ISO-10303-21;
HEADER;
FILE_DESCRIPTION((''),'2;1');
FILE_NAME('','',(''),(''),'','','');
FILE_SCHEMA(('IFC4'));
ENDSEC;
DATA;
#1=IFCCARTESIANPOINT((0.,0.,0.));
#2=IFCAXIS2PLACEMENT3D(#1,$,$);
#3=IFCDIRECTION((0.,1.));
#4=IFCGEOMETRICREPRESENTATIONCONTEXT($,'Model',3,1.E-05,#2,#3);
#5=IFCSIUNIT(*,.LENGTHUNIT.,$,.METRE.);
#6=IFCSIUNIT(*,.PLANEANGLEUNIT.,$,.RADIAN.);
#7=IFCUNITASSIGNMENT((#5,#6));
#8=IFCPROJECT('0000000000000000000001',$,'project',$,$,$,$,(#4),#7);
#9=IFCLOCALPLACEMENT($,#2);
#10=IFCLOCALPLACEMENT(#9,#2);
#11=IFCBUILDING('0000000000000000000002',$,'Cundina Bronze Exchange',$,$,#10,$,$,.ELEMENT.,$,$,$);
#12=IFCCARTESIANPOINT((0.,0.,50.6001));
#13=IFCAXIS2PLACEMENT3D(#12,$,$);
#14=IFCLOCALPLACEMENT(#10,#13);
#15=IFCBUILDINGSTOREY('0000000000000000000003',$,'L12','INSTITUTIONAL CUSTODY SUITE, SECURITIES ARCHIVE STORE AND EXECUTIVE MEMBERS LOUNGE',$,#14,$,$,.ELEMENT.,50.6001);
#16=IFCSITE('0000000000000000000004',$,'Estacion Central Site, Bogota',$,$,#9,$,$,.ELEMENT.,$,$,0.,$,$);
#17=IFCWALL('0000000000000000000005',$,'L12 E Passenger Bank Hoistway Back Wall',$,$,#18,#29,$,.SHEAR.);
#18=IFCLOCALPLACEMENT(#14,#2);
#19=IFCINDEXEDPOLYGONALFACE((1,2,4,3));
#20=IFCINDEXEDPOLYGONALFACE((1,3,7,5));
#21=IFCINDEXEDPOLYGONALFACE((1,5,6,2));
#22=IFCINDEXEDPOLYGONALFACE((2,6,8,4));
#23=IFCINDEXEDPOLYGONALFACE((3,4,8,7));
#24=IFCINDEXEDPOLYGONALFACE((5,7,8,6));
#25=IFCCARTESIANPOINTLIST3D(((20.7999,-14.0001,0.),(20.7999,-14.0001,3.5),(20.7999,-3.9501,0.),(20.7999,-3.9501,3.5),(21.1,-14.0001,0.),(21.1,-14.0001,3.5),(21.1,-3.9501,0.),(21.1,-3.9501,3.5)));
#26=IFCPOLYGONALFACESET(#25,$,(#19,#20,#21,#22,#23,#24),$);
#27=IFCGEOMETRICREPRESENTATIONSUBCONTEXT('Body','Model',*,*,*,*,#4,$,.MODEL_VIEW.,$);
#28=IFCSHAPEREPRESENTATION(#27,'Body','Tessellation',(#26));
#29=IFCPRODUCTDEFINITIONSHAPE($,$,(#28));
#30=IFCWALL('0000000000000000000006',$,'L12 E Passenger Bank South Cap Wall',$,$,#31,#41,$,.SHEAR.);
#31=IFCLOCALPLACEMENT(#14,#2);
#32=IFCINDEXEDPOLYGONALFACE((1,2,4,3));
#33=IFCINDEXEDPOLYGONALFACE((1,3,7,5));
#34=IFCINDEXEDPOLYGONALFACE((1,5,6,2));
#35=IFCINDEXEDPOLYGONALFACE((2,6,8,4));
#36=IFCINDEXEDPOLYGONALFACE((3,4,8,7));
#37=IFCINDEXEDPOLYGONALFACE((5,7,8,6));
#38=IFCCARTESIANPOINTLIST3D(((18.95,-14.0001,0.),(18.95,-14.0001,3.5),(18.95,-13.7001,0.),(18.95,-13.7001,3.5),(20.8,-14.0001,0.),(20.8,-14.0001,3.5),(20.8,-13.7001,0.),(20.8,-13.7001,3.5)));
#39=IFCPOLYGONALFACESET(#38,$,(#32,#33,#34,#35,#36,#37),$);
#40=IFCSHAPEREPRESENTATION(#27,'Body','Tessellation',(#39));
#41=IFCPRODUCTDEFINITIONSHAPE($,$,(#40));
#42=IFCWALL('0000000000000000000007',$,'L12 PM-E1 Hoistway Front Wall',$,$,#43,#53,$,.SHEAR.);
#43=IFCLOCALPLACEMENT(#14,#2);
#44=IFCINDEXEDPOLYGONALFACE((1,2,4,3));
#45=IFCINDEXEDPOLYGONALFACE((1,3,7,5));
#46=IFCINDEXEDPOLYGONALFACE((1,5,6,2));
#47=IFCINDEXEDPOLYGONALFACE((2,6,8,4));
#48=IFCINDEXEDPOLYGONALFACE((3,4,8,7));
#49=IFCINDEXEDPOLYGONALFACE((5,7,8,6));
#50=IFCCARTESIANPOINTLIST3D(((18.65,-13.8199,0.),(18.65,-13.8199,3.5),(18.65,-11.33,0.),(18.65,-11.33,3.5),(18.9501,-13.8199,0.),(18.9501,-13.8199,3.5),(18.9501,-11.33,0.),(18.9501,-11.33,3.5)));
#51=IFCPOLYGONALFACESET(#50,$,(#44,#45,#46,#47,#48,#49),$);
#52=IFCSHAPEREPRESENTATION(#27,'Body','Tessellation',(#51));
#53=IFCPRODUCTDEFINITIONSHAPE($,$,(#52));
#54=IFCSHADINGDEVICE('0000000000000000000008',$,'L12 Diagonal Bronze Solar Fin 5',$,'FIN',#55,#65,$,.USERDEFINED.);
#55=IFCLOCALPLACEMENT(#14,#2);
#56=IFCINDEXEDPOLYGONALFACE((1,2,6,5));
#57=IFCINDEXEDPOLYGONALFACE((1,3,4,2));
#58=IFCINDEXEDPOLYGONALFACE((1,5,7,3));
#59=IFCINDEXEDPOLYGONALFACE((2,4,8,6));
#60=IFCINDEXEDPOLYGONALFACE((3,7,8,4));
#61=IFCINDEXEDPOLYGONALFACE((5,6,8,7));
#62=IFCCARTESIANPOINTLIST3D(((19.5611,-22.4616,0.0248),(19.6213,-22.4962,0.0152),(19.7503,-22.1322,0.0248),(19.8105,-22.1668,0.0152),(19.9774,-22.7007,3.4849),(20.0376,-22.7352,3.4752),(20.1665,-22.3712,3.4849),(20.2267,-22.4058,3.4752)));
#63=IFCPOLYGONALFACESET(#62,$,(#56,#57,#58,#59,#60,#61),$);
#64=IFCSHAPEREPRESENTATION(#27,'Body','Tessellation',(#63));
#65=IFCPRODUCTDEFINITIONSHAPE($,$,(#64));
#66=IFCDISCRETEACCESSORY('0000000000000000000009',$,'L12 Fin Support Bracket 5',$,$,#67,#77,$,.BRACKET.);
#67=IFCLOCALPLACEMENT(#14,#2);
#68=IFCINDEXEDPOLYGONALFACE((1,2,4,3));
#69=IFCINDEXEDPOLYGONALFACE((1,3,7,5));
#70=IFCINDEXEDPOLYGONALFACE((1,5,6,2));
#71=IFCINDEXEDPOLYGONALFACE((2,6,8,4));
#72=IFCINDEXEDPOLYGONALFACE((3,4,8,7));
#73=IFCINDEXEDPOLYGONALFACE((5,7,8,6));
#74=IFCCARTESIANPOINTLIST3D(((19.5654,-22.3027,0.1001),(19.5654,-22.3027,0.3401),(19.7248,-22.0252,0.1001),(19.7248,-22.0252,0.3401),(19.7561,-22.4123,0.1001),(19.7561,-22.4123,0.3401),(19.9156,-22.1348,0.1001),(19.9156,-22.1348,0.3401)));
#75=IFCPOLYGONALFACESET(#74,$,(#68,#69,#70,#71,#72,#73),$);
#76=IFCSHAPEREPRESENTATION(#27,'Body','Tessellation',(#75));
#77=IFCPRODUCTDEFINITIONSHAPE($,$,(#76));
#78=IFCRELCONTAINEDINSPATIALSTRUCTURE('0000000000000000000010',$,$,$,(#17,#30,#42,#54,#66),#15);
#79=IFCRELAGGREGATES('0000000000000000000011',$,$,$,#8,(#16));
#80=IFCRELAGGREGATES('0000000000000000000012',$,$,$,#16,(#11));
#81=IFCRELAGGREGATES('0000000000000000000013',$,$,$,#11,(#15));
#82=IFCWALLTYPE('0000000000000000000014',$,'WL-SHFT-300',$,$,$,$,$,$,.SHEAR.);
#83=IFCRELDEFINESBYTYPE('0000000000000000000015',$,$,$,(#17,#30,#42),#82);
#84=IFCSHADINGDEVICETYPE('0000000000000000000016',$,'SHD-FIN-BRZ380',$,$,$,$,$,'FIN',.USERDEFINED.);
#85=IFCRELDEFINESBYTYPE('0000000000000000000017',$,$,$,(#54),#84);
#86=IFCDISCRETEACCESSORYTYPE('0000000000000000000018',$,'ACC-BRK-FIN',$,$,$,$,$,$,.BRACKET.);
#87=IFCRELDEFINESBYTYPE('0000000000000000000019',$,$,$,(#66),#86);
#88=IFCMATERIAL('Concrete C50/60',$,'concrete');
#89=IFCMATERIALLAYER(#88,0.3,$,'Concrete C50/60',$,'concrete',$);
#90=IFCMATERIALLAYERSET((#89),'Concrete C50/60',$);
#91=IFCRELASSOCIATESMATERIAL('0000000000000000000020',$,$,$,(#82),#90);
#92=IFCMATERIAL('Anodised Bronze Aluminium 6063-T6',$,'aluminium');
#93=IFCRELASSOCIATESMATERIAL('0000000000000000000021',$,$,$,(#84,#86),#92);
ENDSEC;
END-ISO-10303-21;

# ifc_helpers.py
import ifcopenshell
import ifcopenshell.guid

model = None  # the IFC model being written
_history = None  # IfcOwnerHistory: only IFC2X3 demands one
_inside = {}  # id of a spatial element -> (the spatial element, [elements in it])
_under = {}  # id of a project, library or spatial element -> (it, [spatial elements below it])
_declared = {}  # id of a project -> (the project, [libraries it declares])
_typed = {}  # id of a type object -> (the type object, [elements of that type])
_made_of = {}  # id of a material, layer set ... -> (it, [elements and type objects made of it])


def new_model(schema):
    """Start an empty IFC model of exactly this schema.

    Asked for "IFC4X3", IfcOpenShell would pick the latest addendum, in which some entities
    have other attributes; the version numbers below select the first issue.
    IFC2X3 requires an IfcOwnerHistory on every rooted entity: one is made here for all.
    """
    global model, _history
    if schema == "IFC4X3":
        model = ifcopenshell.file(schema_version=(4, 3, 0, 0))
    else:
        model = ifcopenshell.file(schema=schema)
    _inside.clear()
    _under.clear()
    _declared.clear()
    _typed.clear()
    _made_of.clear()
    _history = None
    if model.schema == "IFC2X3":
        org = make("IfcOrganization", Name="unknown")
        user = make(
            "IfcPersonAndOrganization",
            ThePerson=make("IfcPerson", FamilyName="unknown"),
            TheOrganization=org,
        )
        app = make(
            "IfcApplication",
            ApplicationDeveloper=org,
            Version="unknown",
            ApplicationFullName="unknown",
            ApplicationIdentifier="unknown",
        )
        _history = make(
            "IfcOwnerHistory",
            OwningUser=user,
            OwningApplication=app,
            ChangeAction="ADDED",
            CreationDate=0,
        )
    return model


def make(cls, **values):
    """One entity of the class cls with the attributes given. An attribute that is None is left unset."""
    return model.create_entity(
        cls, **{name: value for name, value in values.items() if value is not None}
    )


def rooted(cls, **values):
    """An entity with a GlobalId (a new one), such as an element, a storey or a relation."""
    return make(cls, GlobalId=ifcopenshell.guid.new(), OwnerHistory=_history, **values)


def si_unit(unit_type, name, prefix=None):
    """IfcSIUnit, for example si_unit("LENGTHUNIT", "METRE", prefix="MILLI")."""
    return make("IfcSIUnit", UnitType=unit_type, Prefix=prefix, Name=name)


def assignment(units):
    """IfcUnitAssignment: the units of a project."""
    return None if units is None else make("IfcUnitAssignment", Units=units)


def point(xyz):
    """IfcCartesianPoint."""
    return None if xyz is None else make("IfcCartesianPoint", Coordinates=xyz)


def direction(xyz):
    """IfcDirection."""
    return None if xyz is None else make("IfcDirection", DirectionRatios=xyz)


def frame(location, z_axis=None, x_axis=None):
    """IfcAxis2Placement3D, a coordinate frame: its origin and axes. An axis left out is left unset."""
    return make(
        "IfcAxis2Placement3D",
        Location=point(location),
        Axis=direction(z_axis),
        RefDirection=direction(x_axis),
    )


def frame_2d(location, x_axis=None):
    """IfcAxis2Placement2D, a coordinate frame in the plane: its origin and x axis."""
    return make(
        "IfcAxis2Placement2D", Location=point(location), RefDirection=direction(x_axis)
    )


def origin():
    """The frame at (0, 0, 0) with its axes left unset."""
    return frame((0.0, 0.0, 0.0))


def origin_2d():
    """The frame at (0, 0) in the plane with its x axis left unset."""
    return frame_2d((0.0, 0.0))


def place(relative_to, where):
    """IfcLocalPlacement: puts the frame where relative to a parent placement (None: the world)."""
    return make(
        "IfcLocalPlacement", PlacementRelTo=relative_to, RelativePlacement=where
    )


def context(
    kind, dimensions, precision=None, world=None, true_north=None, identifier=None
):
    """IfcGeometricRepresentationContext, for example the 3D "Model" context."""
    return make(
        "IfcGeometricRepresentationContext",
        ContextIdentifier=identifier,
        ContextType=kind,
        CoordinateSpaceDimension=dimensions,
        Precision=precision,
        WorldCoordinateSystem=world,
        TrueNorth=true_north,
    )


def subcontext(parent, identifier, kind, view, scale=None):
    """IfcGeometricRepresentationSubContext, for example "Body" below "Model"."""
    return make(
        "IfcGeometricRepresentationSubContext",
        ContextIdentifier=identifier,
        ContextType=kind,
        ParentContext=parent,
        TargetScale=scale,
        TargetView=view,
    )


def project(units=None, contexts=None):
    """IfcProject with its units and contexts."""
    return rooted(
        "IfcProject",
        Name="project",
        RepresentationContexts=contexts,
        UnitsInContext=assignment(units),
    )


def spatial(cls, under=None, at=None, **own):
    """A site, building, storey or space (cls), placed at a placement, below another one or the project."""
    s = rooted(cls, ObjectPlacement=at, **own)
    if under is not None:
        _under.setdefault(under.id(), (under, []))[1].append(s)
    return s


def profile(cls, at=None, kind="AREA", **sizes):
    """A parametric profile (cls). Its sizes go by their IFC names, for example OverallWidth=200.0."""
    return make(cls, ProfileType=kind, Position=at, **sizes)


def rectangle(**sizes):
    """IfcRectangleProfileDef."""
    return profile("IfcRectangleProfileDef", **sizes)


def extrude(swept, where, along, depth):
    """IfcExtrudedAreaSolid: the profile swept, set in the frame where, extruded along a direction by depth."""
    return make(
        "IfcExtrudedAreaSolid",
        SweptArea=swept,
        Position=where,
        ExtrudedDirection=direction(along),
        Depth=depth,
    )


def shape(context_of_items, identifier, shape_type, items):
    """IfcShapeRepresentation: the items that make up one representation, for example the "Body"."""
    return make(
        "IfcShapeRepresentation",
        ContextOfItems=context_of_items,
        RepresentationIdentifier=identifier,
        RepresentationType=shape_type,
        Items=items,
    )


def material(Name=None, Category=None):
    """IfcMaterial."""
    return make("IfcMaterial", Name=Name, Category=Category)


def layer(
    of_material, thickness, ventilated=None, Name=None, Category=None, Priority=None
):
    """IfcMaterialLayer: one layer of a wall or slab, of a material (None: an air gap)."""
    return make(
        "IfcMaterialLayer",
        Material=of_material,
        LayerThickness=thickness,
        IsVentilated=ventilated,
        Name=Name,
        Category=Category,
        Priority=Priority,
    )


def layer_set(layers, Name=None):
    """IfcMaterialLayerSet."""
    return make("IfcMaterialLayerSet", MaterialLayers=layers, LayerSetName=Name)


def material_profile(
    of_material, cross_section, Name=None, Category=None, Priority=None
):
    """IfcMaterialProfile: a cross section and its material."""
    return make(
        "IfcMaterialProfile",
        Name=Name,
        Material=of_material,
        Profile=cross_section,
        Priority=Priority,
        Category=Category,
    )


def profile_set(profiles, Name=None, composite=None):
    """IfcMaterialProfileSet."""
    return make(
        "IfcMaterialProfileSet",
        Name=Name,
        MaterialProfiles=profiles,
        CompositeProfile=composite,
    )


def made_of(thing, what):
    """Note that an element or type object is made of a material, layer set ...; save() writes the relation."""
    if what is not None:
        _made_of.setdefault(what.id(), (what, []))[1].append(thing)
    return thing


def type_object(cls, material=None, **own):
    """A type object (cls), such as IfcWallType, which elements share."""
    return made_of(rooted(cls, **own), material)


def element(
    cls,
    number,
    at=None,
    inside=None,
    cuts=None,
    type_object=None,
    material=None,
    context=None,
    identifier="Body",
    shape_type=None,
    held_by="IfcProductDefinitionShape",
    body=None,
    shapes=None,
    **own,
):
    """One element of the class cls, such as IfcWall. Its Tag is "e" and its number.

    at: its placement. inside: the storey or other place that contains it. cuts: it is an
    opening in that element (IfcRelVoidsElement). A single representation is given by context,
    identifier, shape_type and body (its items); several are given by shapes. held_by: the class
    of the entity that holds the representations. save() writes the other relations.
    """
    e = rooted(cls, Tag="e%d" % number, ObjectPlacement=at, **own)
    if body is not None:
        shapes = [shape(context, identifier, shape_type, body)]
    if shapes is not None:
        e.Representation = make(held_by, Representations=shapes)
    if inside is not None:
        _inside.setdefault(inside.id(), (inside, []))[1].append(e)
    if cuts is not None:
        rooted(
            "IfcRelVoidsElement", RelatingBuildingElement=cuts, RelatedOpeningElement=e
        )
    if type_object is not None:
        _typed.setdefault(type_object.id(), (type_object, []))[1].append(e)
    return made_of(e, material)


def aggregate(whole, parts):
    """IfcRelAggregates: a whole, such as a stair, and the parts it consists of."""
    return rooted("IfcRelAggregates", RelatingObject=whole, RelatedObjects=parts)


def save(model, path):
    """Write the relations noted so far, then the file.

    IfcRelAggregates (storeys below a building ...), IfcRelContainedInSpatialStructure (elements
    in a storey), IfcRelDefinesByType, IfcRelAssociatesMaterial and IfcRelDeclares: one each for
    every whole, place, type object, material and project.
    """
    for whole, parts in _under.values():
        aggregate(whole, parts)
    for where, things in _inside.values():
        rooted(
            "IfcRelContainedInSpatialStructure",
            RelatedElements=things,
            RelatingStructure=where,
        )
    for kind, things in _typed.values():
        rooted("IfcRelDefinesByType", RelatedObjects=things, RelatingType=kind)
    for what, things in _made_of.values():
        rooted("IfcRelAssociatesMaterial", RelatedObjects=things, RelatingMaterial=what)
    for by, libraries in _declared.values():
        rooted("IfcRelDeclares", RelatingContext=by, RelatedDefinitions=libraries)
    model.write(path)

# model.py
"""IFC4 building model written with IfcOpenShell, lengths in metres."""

from ifc_helpers import new_model, si_unit, direction, frame, frame_2d, origin, origin_2d, place, context, subcontext, project, spatial, rectangle, extrude, material, layer, layer_set, material_profile, profile_set, type_object, element, save


model = new_model("IFC4")

# Units and contexts
model_context = context("Model", 3, precision=1e-05, world=origin(), true_north=direction((0.0, 1.0)))
body_context = subcontext(model_context, "Body", "Model", "MODEL_VIEW")
ifc_project = project(units=[si_unit("LENGTHUNIT", "METRE"), si_unit("PLANEANGLEUNIT", "RADIAN")], contexts=[model_context])

# Site, building, storey
site_placement = place(None, origin())
site = spatial("IfcSite", under=ifc_project, at=site_placement, Name="Estacion Central Site, Bogota", CompositionType="ELEMENT", RefElevation=0.0)
building_placement = place(site_placement, origin())
building = spatial("IfcBuilding", under=site, at=building_placement, Name="Cundina Bronze Exchange", CompositionType="ELEMENT")
storey_placement = place(building_placement, frame((0.0, 0.0, 50.6001)))
storey = spatial("IfcBuildingStorey", under=building, at=storey_placement, Name="L12", Description="INSTITUTIONAL CUSTODY SUITE, SECURITIES ARCHIVE STORE AND EXECUTIVE MEMBERS LOUNGE", CompositionType="ELEMENT", Elevation=50.6001)

# Shared definitions
ifc_material_1 = material(Name="Anodised Bronze Aluminium 6063-T6", Category="aluminium")

# Walls
ifc_material_2 = material(Name="Concrete C50/60", Category="concrete")
ifc_layer_1 = layer(ifc_material_2, 0.3, Name="Concrete C50/60", Category="concrete")
ifc_layer_set_1 = layer_set([ifc_layer_1], Name="Concrete C50/60")
wall_type_1 = type_object("IfcWallType", Name="WL-SHFT-300", PredefinedType="SHEAR", material=ifc_layer_set_1)
wall_1_placement = place(storey_placement, frame((20.95, -14.0, 0.0), z_axis=(0.0, 0.0, 1.0), x_axis=(0.0, 1.0, 0.0)))
element("IfcWall", 1, at=wall_1_placement, inside=storey, type_object=wall_type_1, Name="L12 E Passenger Bank Hoistway Back Wall", PredefinedType="SHEAR", context=body_context, shape_type="SweptSolid", body=[
    extrude(rectangle(XDim=10.05, YDim=0.3, at=frame_2d((5.0249, 0.0))), origin(), (0.0, 0.0, 1.0), 3.5),
])
wall_2_placement = place(storey_placement, frame((18.95, -13.8501, 0.0), z_axis=(0.0, 0.0, 1.0), x_axis=(1.0, 0.0, 0.0)))
element("IfcWall", 2, at=wall_2_placement, inside=storey, type_object=wall_type_1, Name="L12 E Passenger Bank South Cap Wall", PredefinedType="SHEAR", context=body_context, shape_type="SweptSolid", body=[
    extrude(rectangle(XDim=1.8501, YDim=0.3, at=frame_2d((0.925, 0.0))), origin(), (0.0, 0.0, 1.0), 3.5),
])
wall_3_placement = place(storey_placement, frame((18.8, -13.8201, 0.0), z_axis=(0.0, 0.0, 1.0), x_axis=(0.0, 1.0, 0.0)))
element("IfcWall", 3, at=wall_3_placement, inside=storey, type_object=wall_type_1, Name="L12 PM-E1 Hoistway Front Wall", PredefinedType="SHEAR", context=body_context, shape_type="SweptSolid", body=[
    extrude(rectangle(XDim=2.49, YDim=0.3, at=frame_2d((1.2451, 0.0))), origin(), (0.0, 0.0, 1.0), 3.5),
])

# Shading device
ifc_material_profile_1 = material_profile(ifc_material_1, rectangle(XDim=0.0701, YDim=0.3799, at=origin_2d()), Name="FIN70X380", Category="aluminium")
ifc_profile_set_1 = profile_set([ifc_material_profile_1], Name="Anodised Bronze Aluminium 6063-T6")
shading_device_type = type_object("IfcShadingDeviceType", Name="SHD-FIN-BRZ380", ElementType="FIN", PredefinedType="USERDEFINED", material=ifc_profile_set_1)
shading_device_placement = place(storey_placement, frame((19.6858, -22.3142, 0.02), z_axis=(0.119166, -0.068425, 0.990514), x_axis=(-0.858982, 0.493222, 0.137414)))
element("IfcShadingDevice", 4, at=shading_device_placement, inside=storey, type_object=shading_device_type, Name="L12 Diagonal Bronze Solar Fin 5", ObjectType="FIN", PredefinedType="USERDEFINED", context=body_context, shape_type="SweptSolid", body=[
    extrude(rectangle(XDim=0.0701, YDim=0.3799, at=origin_2d()), origin(), (0.0, 0.0, 1.0), 3.4932),
])

# Discrete accessory
discrete_accessory_type = type_object("IfcDiscreteAccessoryType", Name="ACC-BRK-FIN", PredefinedType="BRACKET", material=ifc_material_1)
discrete_accessory_placement = place(storey_placement, frame((19.7405, -22.2188, 0.1001), z_axis=(0.0, 0.0, 1.0), x_axis=(0.867105, -0.498125, 0.0)))
element("IfcDiscreteAccessory", 5, at=discrete_accessory_placement, inside=storey, type_object=discrete_accessory_type, Name="L12 Fin Support Bracket 5", PredefinedType="BRACKET", context=body_context, shape_type="SweptSolid", body=[
    extrude(rectangle(XDim=0.22, YDim=0.3201, at=origin_2d()), origin(), (0.0, 0.0, 1.0), 0.24),
])

save(model, "model.ifc")
